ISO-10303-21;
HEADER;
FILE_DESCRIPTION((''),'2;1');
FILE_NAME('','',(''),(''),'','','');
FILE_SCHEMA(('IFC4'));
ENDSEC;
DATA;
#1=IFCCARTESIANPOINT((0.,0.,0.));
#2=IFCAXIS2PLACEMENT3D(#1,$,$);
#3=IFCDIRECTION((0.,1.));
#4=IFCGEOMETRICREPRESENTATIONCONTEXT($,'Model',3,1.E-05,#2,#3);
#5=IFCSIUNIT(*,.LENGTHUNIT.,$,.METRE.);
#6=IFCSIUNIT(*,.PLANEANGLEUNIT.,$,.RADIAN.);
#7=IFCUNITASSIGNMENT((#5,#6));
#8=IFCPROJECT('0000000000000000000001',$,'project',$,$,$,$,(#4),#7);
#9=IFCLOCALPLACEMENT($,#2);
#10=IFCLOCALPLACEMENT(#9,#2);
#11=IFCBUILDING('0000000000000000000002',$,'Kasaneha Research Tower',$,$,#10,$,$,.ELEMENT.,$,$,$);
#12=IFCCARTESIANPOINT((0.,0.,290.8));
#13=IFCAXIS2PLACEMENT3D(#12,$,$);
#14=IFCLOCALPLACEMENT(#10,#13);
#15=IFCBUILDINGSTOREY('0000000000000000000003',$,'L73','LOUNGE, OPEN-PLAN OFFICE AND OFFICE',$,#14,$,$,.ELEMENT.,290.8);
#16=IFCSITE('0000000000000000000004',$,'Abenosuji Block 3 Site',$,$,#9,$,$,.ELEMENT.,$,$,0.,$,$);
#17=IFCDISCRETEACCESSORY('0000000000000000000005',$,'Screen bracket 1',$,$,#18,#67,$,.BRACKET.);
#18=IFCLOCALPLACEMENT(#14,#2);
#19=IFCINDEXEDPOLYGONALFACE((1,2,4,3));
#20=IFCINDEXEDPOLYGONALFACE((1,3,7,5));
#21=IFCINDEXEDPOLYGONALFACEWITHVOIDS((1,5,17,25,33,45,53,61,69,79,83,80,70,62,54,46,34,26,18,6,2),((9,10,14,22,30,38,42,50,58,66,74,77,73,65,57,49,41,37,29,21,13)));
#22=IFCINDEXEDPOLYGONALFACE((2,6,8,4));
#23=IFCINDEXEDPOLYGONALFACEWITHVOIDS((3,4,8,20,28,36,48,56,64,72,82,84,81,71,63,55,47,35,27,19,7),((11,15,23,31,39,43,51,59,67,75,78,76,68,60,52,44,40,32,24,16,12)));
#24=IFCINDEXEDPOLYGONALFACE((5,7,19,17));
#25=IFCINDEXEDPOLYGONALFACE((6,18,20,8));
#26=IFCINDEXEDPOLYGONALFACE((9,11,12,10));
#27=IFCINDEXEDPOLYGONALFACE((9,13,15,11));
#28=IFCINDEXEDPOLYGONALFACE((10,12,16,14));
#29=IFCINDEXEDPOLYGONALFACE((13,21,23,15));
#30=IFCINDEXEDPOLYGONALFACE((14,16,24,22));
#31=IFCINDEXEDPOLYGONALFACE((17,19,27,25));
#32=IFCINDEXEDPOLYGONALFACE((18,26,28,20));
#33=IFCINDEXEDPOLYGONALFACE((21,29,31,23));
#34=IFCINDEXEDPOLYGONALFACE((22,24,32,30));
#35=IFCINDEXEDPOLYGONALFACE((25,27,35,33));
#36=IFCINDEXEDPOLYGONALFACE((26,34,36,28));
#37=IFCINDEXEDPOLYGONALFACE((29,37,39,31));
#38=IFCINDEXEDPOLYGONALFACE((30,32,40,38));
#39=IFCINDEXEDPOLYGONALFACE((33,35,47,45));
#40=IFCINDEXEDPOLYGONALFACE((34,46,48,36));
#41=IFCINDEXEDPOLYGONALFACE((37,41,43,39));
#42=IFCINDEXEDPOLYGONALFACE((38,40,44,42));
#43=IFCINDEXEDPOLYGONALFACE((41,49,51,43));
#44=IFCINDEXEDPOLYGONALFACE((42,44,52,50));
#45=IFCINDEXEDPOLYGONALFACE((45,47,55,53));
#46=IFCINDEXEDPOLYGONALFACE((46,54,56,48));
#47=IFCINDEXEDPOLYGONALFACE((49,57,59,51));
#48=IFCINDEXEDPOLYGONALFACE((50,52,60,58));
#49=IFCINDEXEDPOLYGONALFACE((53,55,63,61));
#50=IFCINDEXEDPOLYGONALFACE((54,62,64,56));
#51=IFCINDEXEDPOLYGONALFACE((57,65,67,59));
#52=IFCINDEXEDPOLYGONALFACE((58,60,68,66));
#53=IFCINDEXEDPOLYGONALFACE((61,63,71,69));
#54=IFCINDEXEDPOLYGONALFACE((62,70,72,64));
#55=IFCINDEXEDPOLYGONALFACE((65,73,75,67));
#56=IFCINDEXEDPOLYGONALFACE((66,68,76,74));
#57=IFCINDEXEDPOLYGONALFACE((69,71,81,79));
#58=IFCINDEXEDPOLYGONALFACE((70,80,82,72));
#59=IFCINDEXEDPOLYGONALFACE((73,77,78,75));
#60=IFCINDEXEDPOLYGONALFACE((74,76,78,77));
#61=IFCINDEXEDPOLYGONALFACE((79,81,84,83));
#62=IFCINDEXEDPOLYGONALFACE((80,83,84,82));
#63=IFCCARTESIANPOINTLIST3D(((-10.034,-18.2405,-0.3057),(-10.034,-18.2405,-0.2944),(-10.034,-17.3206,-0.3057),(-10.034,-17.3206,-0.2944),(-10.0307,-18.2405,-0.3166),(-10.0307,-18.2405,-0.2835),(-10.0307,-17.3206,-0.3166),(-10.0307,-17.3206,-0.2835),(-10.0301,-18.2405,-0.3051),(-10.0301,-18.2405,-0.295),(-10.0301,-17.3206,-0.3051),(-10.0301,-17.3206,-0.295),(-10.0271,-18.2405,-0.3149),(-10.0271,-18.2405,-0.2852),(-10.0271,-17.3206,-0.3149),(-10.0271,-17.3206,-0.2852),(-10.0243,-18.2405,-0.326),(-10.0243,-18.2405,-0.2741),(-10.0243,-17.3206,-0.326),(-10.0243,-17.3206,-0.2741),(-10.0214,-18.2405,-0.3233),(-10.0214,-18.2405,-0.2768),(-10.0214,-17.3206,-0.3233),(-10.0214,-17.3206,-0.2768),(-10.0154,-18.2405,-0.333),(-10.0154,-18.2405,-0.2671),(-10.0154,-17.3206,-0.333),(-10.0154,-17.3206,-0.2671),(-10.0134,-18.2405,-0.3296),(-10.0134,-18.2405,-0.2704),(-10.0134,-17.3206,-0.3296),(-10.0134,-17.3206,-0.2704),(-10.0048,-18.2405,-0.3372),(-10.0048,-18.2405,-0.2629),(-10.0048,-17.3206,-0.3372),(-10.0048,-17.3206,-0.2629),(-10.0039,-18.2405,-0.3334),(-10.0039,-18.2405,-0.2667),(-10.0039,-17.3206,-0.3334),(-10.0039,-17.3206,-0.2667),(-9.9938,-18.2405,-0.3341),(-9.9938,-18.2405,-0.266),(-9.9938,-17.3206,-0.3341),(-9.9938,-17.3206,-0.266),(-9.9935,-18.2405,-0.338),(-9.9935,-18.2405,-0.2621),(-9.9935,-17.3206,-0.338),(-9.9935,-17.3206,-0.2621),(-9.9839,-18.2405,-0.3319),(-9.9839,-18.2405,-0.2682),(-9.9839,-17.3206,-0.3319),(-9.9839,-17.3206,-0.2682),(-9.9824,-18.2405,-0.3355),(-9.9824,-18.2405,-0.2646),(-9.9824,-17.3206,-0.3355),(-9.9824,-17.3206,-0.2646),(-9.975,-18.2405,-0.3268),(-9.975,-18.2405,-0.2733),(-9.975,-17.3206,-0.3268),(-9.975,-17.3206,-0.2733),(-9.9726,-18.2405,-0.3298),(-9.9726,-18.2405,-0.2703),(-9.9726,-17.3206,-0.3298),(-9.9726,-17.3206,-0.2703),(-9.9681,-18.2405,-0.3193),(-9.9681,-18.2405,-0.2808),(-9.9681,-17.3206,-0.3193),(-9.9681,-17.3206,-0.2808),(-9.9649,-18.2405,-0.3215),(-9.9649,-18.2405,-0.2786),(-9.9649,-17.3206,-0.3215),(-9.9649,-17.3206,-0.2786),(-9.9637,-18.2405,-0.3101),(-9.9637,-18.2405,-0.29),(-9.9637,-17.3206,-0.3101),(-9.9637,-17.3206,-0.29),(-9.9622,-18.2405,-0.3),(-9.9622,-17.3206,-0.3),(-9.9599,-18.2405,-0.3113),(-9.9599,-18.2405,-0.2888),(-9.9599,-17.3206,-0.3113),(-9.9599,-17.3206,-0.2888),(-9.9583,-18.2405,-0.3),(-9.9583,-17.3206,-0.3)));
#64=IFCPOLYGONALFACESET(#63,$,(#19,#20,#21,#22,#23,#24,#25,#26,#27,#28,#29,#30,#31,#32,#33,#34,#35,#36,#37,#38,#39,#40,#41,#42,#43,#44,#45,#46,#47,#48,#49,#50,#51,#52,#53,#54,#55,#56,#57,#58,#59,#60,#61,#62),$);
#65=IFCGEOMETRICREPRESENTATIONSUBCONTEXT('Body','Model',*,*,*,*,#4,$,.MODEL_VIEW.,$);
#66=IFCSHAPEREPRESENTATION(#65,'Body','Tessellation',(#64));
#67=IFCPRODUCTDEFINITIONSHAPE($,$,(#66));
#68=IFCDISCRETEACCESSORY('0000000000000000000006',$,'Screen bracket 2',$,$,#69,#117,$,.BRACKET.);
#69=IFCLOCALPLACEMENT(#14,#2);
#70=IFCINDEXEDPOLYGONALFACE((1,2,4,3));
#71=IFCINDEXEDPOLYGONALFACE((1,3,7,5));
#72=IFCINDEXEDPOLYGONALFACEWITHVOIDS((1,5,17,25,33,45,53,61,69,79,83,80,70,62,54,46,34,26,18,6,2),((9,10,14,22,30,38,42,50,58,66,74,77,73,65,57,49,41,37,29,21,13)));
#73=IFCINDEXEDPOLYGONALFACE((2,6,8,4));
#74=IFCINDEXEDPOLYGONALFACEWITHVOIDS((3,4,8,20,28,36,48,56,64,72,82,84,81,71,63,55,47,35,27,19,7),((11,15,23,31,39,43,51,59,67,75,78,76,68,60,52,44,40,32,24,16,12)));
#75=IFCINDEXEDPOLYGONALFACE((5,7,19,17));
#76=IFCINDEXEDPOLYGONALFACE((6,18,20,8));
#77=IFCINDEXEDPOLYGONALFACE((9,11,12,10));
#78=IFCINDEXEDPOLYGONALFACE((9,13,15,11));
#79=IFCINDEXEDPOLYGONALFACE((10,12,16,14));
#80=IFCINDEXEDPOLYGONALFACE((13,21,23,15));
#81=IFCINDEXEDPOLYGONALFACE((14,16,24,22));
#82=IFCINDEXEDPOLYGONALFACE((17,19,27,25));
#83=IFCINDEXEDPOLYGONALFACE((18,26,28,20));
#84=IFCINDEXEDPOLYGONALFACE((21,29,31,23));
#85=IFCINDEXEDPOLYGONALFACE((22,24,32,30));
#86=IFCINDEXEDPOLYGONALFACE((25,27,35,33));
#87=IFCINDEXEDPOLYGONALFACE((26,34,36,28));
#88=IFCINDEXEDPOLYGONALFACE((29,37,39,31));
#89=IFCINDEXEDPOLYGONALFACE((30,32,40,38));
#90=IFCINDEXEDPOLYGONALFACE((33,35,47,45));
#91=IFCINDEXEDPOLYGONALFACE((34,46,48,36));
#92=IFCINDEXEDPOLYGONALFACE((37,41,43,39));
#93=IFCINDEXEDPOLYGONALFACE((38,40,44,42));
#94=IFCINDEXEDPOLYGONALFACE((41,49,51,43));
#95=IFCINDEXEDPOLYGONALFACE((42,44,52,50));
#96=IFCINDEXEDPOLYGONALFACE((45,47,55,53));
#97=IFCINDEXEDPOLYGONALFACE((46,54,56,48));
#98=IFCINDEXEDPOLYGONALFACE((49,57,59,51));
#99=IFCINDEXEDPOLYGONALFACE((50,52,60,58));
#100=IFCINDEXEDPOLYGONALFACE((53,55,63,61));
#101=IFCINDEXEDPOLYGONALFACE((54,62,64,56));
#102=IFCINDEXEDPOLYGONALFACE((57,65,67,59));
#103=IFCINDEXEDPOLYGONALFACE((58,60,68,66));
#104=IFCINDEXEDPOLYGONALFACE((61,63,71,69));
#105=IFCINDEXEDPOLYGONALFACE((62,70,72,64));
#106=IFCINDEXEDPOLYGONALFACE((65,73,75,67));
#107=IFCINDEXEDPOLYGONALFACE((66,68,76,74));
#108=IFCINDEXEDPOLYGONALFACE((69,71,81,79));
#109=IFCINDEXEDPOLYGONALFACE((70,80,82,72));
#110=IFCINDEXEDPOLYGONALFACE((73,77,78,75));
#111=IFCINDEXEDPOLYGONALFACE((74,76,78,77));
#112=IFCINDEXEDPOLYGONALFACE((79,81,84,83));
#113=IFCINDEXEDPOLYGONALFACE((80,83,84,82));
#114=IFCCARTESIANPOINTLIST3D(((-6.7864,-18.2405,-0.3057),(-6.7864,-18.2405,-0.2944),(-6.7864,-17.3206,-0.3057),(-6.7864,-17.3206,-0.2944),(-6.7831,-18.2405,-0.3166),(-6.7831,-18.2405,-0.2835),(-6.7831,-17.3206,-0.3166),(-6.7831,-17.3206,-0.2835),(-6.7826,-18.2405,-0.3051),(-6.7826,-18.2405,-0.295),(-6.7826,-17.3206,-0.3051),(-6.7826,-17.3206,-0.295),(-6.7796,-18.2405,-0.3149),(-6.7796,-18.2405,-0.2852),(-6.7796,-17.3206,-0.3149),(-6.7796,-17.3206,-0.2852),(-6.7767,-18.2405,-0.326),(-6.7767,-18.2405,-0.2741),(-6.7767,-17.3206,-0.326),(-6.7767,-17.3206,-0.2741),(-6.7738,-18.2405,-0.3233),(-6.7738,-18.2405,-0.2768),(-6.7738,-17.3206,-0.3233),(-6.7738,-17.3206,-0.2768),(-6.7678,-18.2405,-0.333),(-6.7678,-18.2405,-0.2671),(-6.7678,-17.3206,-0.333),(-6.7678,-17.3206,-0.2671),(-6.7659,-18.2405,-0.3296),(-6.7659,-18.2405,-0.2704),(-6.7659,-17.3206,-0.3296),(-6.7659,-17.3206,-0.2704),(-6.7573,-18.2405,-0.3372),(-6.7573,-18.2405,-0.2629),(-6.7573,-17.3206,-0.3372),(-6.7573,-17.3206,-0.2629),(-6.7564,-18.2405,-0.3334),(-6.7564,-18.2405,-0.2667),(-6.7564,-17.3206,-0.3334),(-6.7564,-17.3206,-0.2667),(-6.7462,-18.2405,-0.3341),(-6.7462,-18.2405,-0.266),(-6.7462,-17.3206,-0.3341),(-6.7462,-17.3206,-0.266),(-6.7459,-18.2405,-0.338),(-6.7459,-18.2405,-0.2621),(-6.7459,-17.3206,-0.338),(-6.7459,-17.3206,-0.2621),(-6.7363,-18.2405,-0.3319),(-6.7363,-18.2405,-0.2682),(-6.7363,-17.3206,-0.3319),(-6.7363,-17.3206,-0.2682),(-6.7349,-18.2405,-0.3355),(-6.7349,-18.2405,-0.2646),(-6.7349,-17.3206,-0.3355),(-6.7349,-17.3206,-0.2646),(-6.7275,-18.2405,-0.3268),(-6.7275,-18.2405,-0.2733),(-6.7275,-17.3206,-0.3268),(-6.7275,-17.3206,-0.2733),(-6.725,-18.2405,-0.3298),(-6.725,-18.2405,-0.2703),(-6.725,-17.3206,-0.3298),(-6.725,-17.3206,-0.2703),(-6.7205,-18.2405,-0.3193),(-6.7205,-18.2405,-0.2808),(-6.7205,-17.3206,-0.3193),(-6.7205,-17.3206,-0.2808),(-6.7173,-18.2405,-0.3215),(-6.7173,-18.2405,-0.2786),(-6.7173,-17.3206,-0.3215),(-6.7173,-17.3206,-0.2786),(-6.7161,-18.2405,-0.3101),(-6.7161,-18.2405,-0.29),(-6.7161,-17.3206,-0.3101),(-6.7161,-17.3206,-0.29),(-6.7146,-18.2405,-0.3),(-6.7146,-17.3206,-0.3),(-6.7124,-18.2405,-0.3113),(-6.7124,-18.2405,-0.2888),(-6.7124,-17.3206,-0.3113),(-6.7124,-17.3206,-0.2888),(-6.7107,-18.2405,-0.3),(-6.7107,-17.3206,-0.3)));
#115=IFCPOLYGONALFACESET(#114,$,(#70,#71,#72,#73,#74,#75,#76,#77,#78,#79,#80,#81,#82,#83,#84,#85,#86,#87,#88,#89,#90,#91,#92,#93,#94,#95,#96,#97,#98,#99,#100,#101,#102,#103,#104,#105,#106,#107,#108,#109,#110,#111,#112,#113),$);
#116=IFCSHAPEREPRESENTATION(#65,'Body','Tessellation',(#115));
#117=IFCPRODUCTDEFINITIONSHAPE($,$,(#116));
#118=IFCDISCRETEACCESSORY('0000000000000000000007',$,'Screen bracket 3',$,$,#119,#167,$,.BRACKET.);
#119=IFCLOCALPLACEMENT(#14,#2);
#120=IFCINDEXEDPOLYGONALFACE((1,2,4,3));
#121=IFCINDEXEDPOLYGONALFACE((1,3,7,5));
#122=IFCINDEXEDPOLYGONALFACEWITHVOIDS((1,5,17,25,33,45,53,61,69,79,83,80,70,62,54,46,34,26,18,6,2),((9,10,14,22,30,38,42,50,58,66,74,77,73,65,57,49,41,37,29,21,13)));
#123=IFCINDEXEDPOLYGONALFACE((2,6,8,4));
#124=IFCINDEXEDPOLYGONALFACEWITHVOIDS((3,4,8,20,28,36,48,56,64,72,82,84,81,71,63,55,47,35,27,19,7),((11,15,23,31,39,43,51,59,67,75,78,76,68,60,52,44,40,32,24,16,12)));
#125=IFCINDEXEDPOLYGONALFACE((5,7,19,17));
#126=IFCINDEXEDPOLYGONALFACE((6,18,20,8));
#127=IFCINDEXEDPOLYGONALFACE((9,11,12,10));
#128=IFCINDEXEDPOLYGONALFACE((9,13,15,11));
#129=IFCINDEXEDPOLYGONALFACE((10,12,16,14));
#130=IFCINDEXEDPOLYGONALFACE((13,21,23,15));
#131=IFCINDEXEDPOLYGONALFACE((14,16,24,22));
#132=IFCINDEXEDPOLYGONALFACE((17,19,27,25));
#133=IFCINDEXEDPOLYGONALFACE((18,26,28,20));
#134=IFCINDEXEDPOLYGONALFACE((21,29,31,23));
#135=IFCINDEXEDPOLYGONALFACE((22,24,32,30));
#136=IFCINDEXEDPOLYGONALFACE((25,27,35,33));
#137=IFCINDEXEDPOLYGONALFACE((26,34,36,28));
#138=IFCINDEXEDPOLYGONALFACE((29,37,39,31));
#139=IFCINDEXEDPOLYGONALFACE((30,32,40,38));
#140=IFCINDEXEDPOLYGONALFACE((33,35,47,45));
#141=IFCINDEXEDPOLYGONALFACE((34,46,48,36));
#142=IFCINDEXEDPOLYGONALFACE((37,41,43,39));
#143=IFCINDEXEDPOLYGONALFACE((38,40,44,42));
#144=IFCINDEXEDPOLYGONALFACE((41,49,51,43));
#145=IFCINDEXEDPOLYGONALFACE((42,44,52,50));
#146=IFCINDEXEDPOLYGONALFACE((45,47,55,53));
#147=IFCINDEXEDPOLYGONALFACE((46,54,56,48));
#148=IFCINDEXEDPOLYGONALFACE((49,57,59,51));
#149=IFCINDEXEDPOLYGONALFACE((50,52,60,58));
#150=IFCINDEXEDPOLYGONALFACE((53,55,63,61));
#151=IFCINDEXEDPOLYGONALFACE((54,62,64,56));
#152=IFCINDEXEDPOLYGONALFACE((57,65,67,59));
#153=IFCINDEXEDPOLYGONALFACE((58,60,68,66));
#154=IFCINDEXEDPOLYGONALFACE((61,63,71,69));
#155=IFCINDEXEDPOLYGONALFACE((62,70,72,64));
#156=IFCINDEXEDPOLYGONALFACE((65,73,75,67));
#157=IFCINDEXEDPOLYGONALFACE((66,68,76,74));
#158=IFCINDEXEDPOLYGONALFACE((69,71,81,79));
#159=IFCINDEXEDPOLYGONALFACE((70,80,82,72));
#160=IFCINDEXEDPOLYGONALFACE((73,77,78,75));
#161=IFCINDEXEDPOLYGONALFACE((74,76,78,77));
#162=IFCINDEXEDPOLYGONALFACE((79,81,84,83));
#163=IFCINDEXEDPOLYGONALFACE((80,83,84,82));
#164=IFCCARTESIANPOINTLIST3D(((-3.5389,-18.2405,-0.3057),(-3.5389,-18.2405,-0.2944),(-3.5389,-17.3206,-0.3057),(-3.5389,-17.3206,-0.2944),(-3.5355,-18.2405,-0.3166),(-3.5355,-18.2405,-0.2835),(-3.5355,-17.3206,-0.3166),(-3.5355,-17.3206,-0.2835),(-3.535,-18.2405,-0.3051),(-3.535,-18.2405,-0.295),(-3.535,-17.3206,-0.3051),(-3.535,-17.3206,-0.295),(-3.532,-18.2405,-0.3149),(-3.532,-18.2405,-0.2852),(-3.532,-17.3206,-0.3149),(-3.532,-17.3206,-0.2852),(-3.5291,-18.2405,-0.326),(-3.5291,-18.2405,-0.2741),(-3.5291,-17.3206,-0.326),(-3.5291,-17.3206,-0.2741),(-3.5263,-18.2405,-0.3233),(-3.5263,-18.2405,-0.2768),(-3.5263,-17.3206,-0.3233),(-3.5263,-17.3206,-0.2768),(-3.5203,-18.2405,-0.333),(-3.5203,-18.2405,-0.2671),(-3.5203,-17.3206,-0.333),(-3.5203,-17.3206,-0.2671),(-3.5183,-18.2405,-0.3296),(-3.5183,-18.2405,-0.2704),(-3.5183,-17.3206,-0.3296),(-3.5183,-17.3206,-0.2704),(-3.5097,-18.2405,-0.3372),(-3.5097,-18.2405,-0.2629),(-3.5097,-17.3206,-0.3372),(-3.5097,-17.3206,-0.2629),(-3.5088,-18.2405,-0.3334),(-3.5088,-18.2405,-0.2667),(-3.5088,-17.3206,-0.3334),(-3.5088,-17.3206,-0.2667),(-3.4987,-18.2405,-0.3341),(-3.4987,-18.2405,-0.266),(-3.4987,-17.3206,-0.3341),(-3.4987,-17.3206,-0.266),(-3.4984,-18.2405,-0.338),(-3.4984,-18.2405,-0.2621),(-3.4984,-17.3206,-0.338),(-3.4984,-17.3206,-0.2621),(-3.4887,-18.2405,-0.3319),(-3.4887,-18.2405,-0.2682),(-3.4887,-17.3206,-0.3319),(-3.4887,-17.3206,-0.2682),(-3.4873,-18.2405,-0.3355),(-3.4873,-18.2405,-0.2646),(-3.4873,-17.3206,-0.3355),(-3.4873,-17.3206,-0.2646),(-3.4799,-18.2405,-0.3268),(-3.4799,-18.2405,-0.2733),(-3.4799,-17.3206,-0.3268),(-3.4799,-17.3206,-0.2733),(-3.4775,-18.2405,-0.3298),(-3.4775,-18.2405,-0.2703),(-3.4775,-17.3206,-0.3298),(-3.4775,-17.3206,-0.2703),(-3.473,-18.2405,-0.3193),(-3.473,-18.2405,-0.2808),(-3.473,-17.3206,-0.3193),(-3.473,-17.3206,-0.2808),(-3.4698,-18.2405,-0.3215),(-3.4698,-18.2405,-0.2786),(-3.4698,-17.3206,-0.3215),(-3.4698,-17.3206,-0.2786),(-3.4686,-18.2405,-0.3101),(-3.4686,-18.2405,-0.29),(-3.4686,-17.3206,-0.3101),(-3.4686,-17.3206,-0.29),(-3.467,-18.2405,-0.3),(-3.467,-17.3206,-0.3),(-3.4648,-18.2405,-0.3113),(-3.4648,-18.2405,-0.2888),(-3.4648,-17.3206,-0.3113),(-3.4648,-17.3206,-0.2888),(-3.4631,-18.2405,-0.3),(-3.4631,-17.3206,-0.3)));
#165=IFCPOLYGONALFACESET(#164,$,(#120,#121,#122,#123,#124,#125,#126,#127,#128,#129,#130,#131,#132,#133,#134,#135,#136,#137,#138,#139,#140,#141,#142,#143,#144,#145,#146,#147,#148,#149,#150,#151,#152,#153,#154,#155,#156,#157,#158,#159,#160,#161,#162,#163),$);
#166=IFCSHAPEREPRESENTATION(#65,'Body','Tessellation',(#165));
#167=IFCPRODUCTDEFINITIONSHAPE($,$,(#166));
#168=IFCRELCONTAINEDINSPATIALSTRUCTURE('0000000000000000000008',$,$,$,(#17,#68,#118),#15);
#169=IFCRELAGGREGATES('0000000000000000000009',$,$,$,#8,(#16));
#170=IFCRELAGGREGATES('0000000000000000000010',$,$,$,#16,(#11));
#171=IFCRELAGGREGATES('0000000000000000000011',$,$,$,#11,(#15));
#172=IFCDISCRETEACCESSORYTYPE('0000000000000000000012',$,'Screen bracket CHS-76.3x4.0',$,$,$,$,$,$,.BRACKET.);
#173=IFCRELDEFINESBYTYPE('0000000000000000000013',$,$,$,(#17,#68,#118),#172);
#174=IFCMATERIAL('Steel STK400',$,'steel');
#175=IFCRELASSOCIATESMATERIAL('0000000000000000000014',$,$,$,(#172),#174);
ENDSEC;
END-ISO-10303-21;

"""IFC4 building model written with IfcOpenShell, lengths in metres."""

from ifc_helpers import new_model, si_unit, direction, frame, origin, origin_2d, place, context, subcontext, project, spatial, hollow_circle, extrude, material, material_profile, profile_set, type_object, element, save


model = new_model("IFC4")

# Units and contexts
model_context = context("Model", 3, precision=1e-05, world=origin(), true_north=direction((0.0, 1.0)))
body_context = subcontext(model_context, "Body", "Model", "MODEL_VIEW")
ifc_project = project(units=[si_unit("LENGTHUNIT", "METRE"), si_unit("PLANEANGLEUNIT", "RADIAN")], contexts=[model_context])

# Site, building, storey
site_placement = place(None, origin())
site = spatial("IfcSite", under=ifc_project, at=site_placement, Name="Abenosuji Block 3 Site", CompositionType="ELEMENT", RefElevation=0.0)
building_placement = place(site_placement, origin())
building = spatial("IfcBuilding", under=site, at=building_placement, Name="Kasaneha Research Tower", CompositionType="ELEMENT")
storey_placement = place(building_placement, frame((0.0, 0.0, 290.8)))
storey = spatial("IfcBuildingStorey", under=building, at=storey_placement, Name="L73", Description="LOUNGE, OPEN-PLAN OFFICE AND OFFICE", CompositionType="ELEMENT", Elevation=290.8)

# Discrete accessories
ifc_material_1 = material(Name="Steel STK400", Category="steel")
ifc_material_profile_1 = material_profile(ifc_material_1, hollow_circle(Radius=0.0381, WallThickness=0.0039, at=origin_2d()), Name="CHS-76.3x4.0")
ifc_profile_set_1 = profile_set([ifc_material_profile_1], Name="Steel STK400")
discrete_accessory_type = type_object("IfcDiscreteAccessoryType", Name="Screen bracket CHS-76.3x4.0", PredefinedType="BRACKET", material=ifc_profile_set_1)
for number, where, z_axis, x_axis, name in (
    (1, (-9.9963, -17.3206, -0.3), (0.0, -1.0, 0.0), (1.0, 0.0, 0.0), "Screen bracket 1"),
    (2, (-6.7488, -17.3206, -0.3), (0.0, -1.0, 0.0), (1.0, 0.0, 0.0), "Screen bracket 2"),
    (3, (-3.5012, -17.3206, -0.3), (0.0, -1.0, 0.0), (1.0, 0.0, 0.0), "Screen bracket 3"),
):
    element("IfcDiscreteAccessory", number, at=place(storey_placement, frame(where, z_axis=z_axis, x_axis=x_axis)), inside=storey, type_object=discrete_accessory_type, Name=name, PredefinedType="BRACKET", context=body_context, shape_type="SweptSolid", body=[
        extrude(hollow_circle(Radius=0.0381, WallThickness=0.0039, at=origin_2d()), origin(), (0.0, 0.0, 1.0), 0.9199),
    ])

save(model, "model.ifc")
